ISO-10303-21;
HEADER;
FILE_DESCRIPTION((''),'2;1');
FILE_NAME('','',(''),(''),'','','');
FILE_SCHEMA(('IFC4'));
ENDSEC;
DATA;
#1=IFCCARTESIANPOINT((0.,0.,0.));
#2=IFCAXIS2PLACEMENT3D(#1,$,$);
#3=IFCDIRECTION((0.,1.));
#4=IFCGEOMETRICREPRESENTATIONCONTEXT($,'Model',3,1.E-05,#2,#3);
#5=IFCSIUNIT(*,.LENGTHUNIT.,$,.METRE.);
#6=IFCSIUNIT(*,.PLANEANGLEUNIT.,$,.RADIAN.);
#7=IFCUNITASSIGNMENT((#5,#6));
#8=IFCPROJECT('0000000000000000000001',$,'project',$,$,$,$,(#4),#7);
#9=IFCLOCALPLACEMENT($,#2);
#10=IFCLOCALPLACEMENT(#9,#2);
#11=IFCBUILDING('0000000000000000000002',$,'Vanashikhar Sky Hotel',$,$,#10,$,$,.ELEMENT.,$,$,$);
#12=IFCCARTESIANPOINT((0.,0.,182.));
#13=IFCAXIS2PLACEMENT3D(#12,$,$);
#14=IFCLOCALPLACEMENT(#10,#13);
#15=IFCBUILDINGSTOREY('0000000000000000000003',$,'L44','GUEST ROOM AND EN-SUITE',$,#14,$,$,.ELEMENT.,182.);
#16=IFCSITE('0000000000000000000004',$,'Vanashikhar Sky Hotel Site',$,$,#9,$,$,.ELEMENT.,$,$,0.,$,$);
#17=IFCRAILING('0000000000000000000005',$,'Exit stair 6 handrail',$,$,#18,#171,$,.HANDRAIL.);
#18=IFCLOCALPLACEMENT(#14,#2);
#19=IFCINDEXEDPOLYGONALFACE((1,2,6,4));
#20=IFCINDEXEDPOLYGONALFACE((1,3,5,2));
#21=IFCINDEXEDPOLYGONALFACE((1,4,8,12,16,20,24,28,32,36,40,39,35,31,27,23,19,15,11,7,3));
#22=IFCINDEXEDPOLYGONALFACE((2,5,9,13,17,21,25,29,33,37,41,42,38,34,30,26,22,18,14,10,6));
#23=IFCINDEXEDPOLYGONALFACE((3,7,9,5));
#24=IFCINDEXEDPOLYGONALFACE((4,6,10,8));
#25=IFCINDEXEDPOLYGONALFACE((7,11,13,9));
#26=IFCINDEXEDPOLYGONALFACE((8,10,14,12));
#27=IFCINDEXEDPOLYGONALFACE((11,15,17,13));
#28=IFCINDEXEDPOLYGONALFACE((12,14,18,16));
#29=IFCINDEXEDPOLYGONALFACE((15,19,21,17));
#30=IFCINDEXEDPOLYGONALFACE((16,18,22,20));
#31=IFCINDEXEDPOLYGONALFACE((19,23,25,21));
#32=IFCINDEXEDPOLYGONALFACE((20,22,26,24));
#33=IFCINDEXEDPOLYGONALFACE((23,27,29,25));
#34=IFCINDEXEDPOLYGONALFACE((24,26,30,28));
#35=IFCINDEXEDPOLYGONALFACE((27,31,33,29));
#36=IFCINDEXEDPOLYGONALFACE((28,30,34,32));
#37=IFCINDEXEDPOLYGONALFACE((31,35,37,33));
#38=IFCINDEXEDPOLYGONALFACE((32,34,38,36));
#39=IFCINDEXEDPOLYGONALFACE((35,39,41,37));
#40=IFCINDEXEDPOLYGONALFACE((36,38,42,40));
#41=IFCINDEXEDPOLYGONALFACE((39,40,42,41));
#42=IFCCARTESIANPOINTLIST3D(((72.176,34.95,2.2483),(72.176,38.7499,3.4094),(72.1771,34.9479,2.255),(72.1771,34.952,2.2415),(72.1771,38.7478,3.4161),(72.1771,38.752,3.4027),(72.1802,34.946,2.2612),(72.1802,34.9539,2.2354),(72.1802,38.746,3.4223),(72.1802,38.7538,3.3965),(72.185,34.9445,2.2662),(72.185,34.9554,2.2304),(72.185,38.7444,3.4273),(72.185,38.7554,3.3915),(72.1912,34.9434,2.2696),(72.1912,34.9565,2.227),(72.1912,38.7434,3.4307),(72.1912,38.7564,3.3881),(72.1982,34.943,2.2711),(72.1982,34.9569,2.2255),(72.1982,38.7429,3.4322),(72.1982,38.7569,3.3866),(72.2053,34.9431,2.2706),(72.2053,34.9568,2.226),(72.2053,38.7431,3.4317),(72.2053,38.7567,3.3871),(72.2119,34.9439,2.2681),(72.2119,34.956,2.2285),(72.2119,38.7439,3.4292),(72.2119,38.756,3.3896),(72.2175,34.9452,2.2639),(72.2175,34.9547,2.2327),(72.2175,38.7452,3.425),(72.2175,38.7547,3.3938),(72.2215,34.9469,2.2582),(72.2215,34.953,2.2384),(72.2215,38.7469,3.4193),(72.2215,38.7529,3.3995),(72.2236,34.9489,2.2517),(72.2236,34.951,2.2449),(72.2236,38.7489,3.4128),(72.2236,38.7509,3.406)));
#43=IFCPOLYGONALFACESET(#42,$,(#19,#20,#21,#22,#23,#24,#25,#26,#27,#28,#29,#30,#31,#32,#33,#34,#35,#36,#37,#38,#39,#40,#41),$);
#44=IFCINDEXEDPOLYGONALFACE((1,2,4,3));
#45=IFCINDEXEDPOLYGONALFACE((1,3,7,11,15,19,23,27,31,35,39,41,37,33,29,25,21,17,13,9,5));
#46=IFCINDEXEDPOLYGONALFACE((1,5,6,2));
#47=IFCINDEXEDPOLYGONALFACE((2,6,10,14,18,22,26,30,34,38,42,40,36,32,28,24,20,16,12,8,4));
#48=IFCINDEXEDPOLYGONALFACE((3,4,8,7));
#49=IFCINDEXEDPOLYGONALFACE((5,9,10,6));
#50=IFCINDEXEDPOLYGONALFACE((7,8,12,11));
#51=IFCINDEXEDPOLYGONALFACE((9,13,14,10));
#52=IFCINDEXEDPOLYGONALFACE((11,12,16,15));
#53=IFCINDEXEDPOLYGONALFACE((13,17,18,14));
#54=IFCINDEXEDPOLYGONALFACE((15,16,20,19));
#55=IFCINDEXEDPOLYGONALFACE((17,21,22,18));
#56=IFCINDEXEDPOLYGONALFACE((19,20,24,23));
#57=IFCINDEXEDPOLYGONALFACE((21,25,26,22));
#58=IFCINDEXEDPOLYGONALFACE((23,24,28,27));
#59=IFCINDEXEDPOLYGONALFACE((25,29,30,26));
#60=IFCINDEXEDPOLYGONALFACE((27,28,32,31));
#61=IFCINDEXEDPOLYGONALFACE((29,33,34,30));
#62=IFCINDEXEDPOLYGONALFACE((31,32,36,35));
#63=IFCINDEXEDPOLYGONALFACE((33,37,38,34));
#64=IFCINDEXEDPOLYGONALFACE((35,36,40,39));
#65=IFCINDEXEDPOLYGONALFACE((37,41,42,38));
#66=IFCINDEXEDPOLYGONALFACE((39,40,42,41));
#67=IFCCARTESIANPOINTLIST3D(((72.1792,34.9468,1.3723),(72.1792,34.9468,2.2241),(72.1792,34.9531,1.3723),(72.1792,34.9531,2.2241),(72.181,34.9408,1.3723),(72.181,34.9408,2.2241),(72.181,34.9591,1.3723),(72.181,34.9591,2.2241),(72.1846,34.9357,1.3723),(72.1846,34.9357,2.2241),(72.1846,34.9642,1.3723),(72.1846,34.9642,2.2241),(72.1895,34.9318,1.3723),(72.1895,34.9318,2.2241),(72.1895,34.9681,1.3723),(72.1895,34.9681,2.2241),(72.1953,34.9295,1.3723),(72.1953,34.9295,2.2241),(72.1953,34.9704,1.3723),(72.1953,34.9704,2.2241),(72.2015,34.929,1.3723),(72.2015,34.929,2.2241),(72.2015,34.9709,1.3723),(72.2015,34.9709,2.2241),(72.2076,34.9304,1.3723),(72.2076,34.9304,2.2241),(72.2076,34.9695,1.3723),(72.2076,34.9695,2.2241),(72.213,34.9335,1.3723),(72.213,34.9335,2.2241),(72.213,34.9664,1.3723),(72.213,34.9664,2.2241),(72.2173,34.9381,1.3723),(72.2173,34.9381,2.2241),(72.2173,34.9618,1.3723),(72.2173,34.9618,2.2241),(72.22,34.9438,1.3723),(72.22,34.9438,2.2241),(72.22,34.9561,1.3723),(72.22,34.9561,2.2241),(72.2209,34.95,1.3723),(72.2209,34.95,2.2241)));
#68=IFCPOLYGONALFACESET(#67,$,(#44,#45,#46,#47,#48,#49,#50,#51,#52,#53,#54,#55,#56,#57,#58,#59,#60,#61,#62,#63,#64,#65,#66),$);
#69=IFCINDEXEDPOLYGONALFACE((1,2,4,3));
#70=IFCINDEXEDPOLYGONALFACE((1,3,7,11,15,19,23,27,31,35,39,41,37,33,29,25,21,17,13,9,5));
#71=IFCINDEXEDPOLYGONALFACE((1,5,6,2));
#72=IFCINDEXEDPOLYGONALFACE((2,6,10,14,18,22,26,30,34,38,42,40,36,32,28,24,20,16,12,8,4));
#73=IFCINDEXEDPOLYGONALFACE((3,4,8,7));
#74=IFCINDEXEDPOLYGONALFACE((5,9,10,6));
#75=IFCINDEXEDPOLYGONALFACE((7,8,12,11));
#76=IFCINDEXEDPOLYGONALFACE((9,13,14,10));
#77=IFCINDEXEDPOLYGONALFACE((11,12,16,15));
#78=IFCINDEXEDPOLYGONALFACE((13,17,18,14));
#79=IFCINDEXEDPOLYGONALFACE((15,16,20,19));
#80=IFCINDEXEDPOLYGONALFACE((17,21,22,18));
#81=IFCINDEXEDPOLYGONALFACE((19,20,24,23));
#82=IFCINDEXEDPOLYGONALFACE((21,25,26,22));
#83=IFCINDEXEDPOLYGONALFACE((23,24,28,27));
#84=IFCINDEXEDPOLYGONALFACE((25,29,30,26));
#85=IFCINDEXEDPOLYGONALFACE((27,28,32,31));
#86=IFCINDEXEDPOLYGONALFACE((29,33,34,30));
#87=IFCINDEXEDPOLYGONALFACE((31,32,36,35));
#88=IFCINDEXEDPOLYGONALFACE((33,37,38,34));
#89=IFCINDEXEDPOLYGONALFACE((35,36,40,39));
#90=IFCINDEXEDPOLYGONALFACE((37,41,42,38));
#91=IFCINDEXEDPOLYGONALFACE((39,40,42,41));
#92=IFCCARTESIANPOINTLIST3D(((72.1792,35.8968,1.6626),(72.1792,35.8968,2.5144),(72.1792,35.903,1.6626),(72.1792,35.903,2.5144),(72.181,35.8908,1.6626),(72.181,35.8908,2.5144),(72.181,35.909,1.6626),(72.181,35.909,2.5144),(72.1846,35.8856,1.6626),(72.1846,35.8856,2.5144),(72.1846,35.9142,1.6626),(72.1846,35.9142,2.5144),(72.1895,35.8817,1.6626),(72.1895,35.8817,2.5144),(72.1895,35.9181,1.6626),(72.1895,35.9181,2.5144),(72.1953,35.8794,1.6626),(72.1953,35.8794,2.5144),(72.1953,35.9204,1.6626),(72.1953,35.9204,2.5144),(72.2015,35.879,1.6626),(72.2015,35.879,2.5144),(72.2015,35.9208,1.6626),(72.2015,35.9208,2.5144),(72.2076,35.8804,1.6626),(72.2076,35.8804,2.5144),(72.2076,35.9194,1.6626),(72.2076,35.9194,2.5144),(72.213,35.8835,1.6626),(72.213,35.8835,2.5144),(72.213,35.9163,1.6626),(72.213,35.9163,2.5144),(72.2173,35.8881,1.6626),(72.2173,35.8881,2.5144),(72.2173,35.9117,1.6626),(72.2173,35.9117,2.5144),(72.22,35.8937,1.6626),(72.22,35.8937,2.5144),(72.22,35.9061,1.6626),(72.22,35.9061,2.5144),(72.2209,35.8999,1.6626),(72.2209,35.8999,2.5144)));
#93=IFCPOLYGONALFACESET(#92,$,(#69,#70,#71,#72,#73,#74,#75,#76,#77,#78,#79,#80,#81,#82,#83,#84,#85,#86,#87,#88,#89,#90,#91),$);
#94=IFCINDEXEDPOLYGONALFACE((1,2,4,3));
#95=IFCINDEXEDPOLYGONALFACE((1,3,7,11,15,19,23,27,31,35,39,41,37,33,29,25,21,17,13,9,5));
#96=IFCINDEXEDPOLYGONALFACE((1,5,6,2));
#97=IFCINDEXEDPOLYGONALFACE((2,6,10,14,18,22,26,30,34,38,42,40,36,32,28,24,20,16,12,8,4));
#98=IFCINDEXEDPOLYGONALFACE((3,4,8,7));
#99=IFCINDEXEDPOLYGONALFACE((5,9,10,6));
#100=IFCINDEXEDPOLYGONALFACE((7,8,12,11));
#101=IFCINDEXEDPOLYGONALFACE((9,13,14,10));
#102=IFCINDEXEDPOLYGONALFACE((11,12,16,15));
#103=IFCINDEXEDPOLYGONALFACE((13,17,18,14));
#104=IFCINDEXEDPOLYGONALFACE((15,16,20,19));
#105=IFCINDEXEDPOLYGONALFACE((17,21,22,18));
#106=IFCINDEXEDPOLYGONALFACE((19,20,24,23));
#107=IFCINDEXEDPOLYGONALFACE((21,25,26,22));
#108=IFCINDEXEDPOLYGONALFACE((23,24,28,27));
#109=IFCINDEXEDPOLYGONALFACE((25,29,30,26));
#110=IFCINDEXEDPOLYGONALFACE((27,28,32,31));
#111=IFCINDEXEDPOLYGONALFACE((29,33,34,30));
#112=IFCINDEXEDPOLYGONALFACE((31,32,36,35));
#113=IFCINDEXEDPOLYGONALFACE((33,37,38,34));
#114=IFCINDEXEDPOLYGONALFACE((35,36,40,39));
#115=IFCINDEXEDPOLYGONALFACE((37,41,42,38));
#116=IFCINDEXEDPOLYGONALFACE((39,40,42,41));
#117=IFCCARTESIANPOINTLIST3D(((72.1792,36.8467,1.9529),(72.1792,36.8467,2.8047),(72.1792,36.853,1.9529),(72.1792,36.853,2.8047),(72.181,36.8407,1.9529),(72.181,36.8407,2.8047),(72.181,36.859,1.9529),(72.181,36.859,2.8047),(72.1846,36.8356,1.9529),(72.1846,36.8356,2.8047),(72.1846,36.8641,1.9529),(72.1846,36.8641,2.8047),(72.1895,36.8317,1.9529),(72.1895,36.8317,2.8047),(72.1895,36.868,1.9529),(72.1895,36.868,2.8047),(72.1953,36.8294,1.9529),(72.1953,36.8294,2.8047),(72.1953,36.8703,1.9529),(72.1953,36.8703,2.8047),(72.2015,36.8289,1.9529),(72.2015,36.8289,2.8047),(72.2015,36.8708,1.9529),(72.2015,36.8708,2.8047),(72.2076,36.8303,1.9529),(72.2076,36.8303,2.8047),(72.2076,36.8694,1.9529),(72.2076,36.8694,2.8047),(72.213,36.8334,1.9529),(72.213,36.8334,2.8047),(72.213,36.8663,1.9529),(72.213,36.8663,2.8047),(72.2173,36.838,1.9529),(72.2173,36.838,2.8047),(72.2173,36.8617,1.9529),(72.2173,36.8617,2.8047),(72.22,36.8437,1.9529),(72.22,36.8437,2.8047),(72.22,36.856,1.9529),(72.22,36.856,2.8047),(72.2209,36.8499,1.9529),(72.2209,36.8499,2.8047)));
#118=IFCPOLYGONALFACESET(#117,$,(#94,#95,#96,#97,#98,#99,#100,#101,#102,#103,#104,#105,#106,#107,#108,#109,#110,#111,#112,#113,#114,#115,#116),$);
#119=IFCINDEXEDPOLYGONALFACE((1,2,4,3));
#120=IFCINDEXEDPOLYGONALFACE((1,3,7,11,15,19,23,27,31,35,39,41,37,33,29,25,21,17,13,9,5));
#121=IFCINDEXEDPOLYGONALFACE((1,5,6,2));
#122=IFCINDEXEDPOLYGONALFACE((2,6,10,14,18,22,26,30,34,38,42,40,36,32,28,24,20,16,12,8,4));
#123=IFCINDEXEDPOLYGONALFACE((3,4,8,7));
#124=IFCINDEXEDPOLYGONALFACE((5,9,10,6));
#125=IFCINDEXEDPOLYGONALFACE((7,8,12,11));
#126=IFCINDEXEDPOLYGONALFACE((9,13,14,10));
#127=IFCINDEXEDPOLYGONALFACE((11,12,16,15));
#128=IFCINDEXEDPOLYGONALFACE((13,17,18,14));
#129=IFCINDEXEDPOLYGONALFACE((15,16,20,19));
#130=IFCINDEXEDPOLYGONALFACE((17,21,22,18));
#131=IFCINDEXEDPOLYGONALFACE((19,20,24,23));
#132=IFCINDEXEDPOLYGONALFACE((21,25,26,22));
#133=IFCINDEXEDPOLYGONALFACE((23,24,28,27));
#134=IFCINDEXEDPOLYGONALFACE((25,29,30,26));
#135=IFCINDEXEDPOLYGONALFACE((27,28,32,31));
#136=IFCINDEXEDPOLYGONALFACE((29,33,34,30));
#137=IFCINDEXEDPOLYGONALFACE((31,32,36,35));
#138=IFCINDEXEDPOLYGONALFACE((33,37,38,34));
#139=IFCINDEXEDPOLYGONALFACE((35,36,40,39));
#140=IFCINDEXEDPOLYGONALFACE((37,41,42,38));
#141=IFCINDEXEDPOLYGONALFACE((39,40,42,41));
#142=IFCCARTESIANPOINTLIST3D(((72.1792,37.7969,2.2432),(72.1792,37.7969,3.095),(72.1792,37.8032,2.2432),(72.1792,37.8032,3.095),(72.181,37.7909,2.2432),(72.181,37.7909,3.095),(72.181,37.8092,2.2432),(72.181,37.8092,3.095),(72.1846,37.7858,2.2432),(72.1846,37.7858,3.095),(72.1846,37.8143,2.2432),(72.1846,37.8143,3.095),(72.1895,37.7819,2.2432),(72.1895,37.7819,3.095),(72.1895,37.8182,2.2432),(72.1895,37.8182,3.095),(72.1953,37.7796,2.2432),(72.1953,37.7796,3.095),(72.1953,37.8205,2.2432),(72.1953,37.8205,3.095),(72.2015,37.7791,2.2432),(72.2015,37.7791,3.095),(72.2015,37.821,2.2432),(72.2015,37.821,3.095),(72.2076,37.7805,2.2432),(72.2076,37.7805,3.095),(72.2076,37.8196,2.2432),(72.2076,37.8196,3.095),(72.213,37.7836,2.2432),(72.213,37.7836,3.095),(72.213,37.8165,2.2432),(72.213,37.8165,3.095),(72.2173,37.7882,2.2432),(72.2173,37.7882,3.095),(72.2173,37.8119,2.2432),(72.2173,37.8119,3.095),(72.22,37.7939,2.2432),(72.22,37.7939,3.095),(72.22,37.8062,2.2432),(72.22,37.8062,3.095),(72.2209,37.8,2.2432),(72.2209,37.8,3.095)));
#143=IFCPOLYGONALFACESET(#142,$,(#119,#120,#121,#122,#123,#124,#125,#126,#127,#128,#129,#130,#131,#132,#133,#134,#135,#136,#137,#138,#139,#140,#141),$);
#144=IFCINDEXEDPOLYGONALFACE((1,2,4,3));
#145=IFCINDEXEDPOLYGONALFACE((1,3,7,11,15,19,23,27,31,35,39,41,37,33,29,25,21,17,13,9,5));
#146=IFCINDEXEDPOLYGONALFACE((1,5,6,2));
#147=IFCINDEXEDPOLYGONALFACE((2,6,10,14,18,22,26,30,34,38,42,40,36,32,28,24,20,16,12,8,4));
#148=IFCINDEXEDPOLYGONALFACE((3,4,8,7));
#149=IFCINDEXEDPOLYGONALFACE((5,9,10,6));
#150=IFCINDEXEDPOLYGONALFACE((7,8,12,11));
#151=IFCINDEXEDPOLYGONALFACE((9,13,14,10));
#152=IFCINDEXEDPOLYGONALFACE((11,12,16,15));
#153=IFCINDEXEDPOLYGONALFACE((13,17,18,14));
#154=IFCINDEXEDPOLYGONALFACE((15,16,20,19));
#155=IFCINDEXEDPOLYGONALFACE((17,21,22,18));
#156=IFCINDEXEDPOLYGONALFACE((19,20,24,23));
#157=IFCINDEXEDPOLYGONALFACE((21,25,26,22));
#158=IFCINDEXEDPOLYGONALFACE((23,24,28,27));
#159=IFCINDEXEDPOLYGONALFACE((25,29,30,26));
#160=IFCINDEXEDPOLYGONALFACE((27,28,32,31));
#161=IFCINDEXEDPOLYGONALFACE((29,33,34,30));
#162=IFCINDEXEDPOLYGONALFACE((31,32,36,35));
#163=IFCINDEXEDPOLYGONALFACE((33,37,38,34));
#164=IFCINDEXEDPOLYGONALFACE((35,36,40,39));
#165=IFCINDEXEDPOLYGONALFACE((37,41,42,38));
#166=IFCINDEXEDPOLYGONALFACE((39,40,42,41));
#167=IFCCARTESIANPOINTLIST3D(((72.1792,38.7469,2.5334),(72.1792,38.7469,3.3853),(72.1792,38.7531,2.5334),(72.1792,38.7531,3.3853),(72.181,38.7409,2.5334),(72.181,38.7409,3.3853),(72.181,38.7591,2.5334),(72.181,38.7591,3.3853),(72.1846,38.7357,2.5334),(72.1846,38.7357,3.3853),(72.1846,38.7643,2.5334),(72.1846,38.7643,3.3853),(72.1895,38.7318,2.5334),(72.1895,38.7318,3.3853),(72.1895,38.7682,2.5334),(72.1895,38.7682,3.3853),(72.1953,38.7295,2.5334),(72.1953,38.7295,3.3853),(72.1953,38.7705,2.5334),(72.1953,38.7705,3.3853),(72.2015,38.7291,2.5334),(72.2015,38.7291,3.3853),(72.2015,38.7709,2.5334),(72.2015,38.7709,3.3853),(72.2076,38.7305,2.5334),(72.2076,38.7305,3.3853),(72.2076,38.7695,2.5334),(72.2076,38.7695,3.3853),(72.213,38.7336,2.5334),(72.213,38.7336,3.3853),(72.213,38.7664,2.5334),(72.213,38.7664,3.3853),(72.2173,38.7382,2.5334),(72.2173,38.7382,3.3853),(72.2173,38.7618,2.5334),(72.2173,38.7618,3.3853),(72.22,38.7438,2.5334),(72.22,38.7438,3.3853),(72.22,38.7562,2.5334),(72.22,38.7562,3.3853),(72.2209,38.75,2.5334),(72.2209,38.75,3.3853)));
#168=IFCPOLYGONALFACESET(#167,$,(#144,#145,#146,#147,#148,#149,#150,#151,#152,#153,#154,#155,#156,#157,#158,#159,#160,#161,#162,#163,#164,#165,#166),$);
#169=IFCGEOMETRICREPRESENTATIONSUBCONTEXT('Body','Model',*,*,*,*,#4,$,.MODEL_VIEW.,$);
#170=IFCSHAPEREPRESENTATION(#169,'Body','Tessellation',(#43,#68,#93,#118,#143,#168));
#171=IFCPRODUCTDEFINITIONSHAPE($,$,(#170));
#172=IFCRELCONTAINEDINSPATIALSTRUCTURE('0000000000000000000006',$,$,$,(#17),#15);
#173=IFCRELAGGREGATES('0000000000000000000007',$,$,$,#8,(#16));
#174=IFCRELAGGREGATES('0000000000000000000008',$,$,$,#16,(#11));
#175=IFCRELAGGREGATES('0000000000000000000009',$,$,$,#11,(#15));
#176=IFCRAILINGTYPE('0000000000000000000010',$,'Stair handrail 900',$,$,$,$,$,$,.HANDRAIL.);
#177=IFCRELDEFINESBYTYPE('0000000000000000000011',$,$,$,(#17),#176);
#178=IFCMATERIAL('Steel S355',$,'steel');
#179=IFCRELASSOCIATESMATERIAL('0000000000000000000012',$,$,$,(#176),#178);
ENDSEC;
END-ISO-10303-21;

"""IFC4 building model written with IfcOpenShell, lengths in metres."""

from ifc_helpers import new_model, si_unit, direction, frame, origin, origin_2d, place, context, subcontext, project, spatial, circle, extrude, source, transform, mapped, material, type_object, element, save


model = new_model("IFC4")

# Units and contexts
model_context = context("Model", 3, precision=1e-05, world=origin(), true_north=direction((0.0, 1.0)))
body_context = subcontext(model_context, "Body", "Model", "MODEL_VIEW")
ifc_project = project(units=[si_unit("LENGTHUNIT", "METRE"), si_unit("PLANEANGLEUNIT", "RADIAN")], contexts=[model_context])

# Site, building, storey
site_placement = place(None, origin())
site = spatial("IfcSite", under=ifc_project, at=site_placement, Name="Vanashikhar Sky Hotel Site", CompositionType="ELEMENT", RefElevation=0.0)
building_placement = place(site_placement, origin())
building = spatial("IfcBuilding", under=site, at=building_placement, Name="Vanashikhar Sky Hotel", CompositionType="ELEMENT")
storey_placement = place(building_placement, frame((0.0, 0.0, 182.0)))
storey = spatial("IfcBuildingStorey", under=building, at=storey_placement, Name="L44", Description="GUEST ROOM AND EN-SUITE", CompositionType="ELEMENT", Elevation=182.0)

# Railing
ifc_material_1 = material(Name="Steel S355", Category="steel")
railing_type_1 = type_object("IfcRailingType", Name="Stair handrail 900", PredefinedType="HANDRAIL", material=ifc_material_1)
shared_shape_1 = source(origin(), body_context, "Body", "SweptSolid", [
    extrude(circle(Radius=0.0239, at=origin_2d()), frame((0.0, 0.0, 0.876), z_axis=(0.0, 0.956351, 0.29222), x_axis=(-1.0, 0.0, 0.0)), (0.0, 0.0, 1.0), 3.9734),
    extrude(circle(Radius=0.021, at=origin_2d()), origin(), (0.0, 0.0, 1.0), 0.8518),
    extrude(circle(Radius=0.021, at=origin_2d()), frame((0.0, 0.95, 0.2903)), (0.0, 0.0, 1.0), 0.8518),
    extrude(circle(Radius=0.021, at=origin_2d()), frame((0.0, 1.8999, 0.5806)), (0.0, 0.0, 1.0), 0.8518),
    extrude(circle(Radius=0.021, at=origin_2d()), frame((0.0, 2.8501, 0.8708)), (0.0, 0.0, 1.0), 0.8518),
    extrude(circle(Radius=0.021, at=origin_2d()), frame((0.0, 3.8, 1.1611)), (0.0, 0.0, 1.0), 0.8518),
])
railing_1_placement = place(storey_placement, frame((72.2, 34.95, 1.3723)))
element("IfcRailing", 1, at=railing_1_placement, inside=storey, type_object=railing_type_1, Name="Exit stair 6 handrail", PredefinedType="HANDRAIL", context=body_context, shape_type="MappedRepresentation", body=[
    mapped(shared_shape_1, transform((0.0, 0.0, 0.0), scale=1.0)),
])

save(model, "model.ifc")
